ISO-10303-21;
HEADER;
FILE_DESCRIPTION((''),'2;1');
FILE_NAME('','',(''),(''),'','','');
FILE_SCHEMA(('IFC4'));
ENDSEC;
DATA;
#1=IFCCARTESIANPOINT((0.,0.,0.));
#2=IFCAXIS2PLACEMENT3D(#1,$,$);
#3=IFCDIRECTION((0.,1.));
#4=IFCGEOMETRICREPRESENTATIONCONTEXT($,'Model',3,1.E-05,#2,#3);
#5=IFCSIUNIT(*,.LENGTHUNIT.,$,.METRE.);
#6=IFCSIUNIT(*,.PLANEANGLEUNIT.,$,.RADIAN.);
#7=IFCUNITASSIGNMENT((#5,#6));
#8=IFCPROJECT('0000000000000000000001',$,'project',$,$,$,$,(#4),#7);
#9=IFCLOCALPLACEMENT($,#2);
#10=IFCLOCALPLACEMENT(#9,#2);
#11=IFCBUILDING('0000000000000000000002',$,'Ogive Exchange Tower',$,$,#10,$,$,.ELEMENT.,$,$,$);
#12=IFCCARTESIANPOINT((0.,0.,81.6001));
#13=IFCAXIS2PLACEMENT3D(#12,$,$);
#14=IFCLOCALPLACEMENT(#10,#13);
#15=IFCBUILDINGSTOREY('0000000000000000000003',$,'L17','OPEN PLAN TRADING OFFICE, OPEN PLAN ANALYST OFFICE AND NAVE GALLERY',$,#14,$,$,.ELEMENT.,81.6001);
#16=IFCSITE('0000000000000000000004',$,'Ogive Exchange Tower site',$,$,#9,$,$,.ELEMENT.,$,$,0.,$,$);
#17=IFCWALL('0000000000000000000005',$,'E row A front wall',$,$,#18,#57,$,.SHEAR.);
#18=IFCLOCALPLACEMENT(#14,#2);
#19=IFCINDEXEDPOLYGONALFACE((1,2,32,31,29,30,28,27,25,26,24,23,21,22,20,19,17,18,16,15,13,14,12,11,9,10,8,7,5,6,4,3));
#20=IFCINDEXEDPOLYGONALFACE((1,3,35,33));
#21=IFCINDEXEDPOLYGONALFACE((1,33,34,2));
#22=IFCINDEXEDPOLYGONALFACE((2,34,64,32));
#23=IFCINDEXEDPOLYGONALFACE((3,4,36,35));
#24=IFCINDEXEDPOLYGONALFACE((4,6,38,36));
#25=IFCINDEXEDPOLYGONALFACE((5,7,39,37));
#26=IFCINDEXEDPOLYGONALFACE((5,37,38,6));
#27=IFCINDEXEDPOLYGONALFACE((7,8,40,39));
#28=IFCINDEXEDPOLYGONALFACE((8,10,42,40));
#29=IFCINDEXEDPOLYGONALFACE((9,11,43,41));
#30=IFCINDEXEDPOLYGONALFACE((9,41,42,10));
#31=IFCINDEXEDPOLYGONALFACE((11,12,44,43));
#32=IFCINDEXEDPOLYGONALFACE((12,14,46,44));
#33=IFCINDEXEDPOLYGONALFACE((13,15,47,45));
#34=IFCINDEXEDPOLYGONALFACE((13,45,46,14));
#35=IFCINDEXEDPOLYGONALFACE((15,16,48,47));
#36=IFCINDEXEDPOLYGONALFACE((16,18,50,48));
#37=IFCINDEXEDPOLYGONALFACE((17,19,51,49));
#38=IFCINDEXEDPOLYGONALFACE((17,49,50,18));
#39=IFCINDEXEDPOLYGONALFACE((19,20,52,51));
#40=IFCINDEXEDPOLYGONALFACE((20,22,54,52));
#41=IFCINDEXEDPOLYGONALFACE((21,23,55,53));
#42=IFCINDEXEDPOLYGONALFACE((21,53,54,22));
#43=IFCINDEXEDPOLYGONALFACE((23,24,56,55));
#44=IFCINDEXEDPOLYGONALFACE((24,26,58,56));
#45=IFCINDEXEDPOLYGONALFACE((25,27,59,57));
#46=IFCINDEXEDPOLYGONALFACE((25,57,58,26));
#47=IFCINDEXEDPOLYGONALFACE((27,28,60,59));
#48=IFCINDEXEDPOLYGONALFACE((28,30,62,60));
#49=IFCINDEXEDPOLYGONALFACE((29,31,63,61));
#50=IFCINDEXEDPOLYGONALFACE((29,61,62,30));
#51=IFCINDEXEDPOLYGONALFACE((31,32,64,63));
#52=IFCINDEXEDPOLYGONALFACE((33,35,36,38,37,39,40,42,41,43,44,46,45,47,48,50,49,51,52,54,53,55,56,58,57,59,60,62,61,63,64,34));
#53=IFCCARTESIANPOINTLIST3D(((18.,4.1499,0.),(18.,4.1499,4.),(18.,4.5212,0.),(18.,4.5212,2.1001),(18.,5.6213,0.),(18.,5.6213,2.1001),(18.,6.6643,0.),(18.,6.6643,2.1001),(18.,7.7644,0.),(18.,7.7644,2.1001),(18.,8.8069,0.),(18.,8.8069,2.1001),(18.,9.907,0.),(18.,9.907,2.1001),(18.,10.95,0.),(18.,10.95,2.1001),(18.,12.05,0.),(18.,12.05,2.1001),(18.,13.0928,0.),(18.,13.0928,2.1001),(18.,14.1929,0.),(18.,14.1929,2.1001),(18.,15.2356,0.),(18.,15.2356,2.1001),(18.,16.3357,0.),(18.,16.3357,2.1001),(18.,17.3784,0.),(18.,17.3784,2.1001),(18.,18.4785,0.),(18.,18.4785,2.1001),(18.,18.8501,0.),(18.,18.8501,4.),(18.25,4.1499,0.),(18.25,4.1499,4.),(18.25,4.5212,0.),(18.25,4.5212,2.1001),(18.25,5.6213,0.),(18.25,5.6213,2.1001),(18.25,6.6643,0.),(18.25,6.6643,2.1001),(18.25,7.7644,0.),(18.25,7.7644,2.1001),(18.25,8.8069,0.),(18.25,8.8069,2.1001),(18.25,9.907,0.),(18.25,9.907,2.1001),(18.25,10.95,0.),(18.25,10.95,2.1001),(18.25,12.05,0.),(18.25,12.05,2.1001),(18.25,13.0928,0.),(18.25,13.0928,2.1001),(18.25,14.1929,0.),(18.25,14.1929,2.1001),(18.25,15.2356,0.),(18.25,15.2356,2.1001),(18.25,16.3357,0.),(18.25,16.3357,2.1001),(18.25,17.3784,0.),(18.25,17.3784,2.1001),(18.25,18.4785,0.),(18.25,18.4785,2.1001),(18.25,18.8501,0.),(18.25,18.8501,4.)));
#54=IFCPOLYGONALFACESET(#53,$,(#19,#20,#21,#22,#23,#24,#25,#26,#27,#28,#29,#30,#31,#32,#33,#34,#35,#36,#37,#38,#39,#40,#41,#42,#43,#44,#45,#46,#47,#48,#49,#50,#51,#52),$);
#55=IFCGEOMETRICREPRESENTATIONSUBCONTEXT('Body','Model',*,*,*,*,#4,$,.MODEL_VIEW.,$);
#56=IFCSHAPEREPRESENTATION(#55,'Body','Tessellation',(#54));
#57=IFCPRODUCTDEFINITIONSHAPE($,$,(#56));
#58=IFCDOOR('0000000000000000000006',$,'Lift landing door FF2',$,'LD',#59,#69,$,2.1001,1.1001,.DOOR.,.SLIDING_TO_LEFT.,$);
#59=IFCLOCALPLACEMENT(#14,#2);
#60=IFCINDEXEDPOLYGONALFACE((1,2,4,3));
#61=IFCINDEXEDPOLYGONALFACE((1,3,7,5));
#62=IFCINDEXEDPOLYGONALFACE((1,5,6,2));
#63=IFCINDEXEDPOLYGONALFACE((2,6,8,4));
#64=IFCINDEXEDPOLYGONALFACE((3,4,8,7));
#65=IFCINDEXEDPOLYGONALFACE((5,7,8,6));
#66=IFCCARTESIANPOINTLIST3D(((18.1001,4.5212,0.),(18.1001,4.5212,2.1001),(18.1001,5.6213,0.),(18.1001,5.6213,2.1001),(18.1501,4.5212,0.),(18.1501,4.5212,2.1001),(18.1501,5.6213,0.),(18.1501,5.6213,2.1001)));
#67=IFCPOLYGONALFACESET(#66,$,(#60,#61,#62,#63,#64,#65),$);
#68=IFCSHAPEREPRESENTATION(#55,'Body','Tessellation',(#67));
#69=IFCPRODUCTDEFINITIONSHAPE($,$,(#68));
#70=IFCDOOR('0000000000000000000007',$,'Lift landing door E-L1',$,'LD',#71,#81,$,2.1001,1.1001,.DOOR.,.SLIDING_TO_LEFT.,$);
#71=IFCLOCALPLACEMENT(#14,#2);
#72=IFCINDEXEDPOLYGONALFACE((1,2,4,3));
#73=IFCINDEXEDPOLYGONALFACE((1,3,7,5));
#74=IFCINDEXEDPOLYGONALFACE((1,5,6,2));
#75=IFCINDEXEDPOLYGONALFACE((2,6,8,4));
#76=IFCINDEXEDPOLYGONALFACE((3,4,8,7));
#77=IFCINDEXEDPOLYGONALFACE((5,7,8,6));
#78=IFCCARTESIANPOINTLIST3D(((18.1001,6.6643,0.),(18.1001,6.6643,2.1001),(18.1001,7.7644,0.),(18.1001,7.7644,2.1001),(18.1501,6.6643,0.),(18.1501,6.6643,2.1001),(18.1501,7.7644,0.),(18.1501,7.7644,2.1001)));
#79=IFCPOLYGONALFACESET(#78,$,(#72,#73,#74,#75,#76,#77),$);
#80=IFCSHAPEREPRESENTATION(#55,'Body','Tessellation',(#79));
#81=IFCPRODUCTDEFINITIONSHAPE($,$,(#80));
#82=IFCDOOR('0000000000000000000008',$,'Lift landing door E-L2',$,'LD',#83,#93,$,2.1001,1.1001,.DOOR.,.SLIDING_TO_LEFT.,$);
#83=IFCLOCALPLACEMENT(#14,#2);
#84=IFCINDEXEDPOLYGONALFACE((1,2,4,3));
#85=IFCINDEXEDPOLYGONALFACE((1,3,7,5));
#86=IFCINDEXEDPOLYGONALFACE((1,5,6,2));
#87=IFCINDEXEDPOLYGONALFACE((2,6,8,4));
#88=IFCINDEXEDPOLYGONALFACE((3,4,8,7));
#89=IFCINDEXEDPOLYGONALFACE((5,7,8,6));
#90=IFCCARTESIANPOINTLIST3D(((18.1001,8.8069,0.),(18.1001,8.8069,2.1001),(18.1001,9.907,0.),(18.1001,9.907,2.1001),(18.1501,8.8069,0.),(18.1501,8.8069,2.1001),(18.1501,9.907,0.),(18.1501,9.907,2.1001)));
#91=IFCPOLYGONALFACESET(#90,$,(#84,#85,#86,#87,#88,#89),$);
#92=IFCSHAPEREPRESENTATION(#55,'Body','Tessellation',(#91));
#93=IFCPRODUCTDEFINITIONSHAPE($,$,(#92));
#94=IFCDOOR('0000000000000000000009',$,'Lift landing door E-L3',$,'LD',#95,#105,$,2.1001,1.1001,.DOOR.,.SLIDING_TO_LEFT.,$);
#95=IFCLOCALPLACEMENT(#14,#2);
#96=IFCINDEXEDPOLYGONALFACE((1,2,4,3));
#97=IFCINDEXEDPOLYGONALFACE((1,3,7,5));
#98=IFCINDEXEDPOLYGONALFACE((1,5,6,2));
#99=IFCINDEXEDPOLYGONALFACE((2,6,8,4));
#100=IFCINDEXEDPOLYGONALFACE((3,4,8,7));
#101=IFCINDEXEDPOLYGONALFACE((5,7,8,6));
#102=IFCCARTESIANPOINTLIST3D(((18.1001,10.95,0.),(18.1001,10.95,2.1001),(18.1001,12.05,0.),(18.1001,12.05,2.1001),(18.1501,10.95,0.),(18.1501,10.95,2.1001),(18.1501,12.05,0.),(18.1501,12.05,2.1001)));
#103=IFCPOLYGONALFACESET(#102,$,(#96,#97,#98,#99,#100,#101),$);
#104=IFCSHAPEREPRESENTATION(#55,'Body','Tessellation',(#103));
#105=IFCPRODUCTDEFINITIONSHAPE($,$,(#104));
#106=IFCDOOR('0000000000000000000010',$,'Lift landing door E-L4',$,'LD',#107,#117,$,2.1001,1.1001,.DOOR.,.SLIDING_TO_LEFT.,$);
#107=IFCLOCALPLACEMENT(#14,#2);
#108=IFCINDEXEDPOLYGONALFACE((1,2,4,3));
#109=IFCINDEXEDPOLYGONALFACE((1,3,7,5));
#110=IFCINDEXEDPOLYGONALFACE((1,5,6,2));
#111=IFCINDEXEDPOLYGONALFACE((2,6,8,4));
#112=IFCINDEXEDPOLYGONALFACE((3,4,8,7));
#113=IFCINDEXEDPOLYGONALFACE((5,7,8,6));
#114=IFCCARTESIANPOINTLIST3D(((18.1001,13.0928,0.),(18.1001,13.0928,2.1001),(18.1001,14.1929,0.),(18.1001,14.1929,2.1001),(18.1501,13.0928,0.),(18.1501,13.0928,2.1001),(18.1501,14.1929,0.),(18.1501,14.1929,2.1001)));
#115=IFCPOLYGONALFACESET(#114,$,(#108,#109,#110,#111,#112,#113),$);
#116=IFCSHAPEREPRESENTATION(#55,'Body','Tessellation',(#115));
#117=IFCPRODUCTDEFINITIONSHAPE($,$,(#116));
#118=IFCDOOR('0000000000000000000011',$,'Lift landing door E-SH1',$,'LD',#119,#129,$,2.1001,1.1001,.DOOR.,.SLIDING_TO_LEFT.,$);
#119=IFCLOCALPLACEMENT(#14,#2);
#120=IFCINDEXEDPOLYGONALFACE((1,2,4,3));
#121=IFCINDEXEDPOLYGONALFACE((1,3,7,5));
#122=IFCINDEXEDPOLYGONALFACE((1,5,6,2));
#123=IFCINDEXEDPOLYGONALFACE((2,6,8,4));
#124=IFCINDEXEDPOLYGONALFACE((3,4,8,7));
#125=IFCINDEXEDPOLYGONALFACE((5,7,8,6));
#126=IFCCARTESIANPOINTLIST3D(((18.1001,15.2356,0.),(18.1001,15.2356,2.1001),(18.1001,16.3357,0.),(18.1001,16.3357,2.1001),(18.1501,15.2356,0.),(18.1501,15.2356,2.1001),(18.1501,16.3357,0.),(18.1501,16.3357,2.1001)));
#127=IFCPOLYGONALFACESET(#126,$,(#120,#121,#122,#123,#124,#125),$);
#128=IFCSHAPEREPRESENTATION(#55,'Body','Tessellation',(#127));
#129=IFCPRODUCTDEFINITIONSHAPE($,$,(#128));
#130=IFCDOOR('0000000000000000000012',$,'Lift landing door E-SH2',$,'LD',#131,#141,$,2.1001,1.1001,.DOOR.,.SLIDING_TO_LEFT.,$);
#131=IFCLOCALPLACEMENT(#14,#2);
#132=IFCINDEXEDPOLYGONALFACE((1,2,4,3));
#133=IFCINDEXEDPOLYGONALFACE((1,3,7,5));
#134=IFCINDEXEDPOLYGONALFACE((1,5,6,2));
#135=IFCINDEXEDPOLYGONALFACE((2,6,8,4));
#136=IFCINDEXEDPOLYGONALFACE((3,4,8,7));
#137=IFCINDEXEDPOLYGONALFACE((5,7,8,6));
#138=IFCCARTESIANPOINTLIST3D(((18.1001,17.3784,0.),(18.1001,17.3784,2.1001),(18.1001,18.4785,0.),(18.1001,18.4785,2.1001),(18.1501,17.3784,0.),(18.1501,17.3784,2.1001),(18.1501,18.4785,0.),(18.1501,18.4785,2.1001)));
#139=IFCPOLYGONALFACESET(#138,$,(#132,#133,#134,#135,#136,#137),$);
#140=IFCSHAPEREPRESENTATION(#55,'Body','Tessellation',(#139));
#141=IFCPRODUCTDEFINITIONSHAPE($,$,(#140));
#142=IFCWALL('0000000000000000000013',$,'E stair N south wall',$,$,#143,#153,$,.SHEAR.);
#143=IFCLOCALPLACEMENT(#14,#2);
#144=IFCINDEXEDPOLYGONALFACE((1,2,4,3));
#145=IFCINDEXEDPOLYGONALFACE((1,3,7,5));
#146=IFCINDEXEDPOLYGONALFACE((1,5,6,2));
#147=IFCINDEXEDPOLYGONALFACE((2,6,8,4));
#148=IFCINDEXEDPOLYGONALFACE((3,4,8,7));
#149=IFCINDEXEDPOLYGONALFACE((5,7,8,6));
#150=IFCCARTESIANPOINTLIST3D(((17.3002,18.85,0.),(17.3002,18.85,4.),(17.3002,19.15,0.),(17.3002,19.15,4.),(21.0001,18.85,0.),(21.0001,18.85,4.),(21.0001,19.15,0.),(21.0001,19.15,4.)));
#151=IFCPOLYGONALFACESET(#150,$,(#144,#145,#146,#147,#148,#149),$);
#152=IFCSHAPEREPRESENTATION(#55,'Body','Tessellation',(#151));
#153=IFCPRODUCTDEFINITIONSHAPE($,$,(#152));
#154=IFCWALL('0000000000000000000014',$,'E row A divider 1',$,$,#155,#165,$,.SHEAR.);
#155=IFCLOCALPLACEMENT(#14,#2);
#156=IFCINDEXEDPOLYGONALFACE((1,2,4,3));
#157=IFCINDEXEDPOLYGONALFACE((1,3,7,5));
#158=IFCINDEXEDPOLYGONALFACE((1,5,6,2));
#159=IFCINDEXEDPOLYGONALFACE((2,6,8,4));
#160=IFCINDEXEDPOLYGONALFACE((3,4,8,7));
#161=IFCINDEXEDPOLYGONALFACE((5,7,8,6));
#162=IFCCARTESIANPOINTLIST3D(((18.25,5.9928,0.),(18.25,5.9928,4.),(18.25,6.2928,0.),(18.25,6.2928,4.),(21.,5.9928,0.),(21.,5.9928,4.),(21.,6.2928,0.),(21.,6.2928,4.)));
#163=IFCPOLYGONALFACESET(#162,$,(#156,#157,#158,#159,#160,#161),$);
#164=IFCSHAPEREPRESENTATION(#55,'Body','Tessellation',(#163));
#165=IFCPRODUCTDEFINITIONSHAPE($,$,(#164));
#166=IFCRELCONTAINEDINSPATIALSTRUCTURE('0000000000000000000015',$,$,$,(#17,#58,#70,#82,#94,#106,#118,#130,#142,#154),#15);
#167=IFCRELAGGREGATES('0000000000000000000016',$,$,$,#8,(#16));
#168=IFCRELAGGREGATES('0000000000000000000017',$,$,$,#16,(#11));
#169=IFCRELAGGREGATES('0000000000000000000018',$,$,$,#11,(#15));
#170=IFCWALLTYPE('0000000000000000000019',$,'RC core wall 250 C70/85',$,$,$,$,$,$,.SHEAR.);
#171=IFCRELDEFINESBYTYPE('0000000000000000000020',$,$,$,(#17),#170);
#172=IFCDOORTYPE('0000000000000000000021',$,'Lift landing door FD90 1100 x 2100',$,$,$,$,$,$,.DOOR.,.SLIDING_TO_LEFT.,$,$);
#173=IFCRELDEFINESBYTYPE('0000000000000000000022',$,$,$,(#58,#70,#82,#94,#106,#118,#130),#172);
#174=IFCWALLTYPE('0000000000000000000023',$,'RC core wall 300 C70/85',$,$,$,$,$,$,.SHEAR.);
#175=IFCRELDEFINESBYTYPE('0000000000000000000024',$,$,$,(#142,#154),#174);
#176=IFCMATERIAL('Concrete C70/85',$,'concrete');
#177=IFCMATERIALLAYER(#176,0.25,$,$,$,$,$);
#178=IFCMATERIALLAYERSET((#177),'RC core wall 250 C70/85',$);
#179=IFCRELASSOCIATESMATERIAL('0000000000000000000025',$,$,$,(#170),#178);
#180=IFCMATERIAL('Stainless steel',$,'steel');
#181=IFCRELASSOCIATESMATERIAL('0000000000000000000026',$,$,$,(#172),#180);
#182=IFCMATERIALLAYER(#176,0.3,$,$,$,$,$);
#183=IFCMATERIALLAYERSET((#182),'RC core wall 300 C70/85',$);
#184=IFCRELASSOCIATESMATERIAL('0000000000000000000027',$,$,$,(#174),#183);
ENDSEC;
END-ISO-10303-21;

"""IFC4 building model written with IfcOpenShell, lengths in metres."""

from ifc_helpers import new_model, si_unit, direction, frame, frame_2d, origin, place, context, subcontext, project, spatial, rectangle, extrude, material, layer, layer_set, type_object, element, fill, save


model = new_model("IFC4")

# Units and contexts
model_context = context("Model", 3, precision=1e-05, world=origin(), true_north=direction((0.0, 1.0)))
body_context = subcontext(model_context, "Body", "Model", "MODEL_VIEW")
ifc_project = project(units=[si_unit("LENGTHUNIT", "METRE"), si_unit("PLANEANGLEUNIT", "RADIAN")], contexts=[model_context])

# Site, building, storey
site_placement = place(None, origin())
site = spatial("IfcSite", under=ifc_project, at=site_placement, Name="Ogive Exchange Tower site", CompositionType="ELEMENT", RefElevation=0.0)
building_placement = place(site_placement, origin())
building = spatial("IfcBuilding", under=site, at=building_placement, Name="Ogive Exchange Tower", CompositionType="ELEMENT")
storey_placement = place(building_placement, frame((0.0, 0.0, 81.6001)))
storey = spatial("IfcBuildingStorey", under=building, at=storey_placement, Name="L17", Description="OPEN PLAN TRADING OFFICE, OPEN PLAN ANALYST OFFICE AND NAVE GALLERY", CompositionType="ELEMENT", Elevation=81.6001)

# Shared definitions
ifc_material_1 = material(Name="Concrete C70/85", Category="concrete")
ifc_layer_1 = layer(ifc_material_1, 0.25)
ifc_layer_set_1 = layer_set([ifc_layer_1], Name="RC core wall 250 C70/85")
wall_type_1 = type_object("IfcWallType", Name="RC core wall 250 C70/85", PredefinedType="SHEAR", material=ifc_layer_set_1)

# Wall, openings, doors
wall_1_placement = place(storey_placement, frame((18.125, 4.1499, 0.0), z_axis=(0.0, 0.0, 1.0), x_axis=(0.0, 1.0, 0.0)))
wall_1 = element("IfcWall", 1, at=wall_1_placement, inside=storey, type_object=wall_type_1, Name="E row A front wall", PredefinedType="SHEAR", context=body_context, shape_type="SweptSolid", body=[
    extrude(rectangle(XDim=14.7002, YDim=0.25, at=frame_2d((7.3501, 0.0))), origin(), (0.0, 0.0, 1.0), 4.0),
])
opening_1_placement = place(wall_1_placement, frame((0.3713, 0.0, 0.0)))
opening_1 = element("IfcOpeningElement", 2, at=opening_1_placement, cuts=wall_1, PredefinedType="OPENING", context=body_context, shape_type="SweptSolid", body=[
    extrude(rectangle(XDim=1.1001, YDim=2.1001, at=frame_2d((0.55, 1.05))), frame((0.0, 0.135, 0.0), z_axis=(0.0, -1.0, 0.0), x_axis=(1.0, 0.0, 0.0)), (0.0, 0.0, 1.0), 0.27),
])
opening_2_placement = place(wall_1_placement, frame((2.5144, 0.0, 0.0)))
opening_2 = element("IfcOpeningElement", 3, at=opening_2_placement, cuts=wall_1, PredefinedType="OPENING", context=body_context, shape_type="SweptSolid", body=[
    extrude(rectangle(XDim=1.1001, YDim=2.1001, at=frame_2d((0.55, 1.05))), frame((0.0, 0.135, 0.0), z_axis=(0.0, -1.0, 0.0), x_axis=(1.0, 0.0, 0.0)), (0.0, 0.0, 1.0), 0.27),
])
opening_3_placement = place(wall_1_placement, frame((4.657, 0.0, 0.0)))
opening_3 = element("IfcOpeningElement", 4, at=opening_3_placement, cuts=wall_1, PredefinedType="OPENING", context=body_context, shape_type="SweptSolid", body=[
    extrude(rectangle(XDim=1.1001, YDim=2.1001, at=frame_2d((0.55, 1.05))), frame((0.0, 0.135, 0.0), z_axis=(0.0, -1.0, 0.0), x_axis=(1.0, 0.0, 0.0)), (0.0, 0.0, 1.0), 0.27),
])
opening_4_placement = place(wall_1_placement, frame((6.8, 0.0, 0.0)))
opening_4 = element("IfcOpeningElement", 5, at=opening_4_placement, cuts=wall_1, PredefinedType="OPENING", context=body_context, shape_type="SweptSolid", body=[
    extrude(rectangle(XDim=1.1001, YDim=2.1001, at=frame_2d((0.55, 1.05))), frame((0.0, 0.135, 0.0), z_axis=(0.0, -1.0, 0.0), x_axis=(1.0, 0.0, 0.0)), (0.0, 0.0, 1.0), 0.27),
])
opening_5_placement = place(wall_1_placement, frame((8.9429, 0.0, 0.0)))
opening_5 = element("IfcOpeningElement", 6, at=opening_5_placement, cuts=wall_1, PredefinedType="OPENING", context=body_context, shape_type="SweptSolid", body=[
    extrude(rectangle(XDim=1.1001, YDim=2.1001, at=frame_2d((0.55, 1.05))), frame((0.0, 0.135, 0.0), z_axis=(0.0, -1.0, 0.0), x_axis=(1.0, 0.0, 0.0)), (0.0, 0.0, 1.0), 0.27),
])
opening_6_placement = place(wall_1_placement, frame((11.0857, 0.0, 0.0)))
opening_6 = element("IfcOpeningElement", 7, at=opening_6_placement, cuts=wall_1, PredefinedType="OPENING", context=body_context, shape_type="SweptSolid", body=[
    extrude(rectangle(XDim=1.1001, YDim=2.1001, at=frame_2d((0.55, 1.05))), frame((0.0, 0.135, 0.0), z_axis=(0.0, -1.0, 0.0), x_axis=(1.0, 0.0, 0.0)), (0.0, 0.0, 1.0), 0.27),
])
opening_7_placement = place(wall_1_placement, frame((13.2285, 0.0, 0.0)))
opening_7 = element("IfcOpeningElement", 8, at=opening_7_placement, cuts=wall_1, PredefinedType="OPENING", context=body_context, shape_type="SweptSolid", body=[
    extrude(rectangle(XDim=1.1001, YDim=2.1001, at=frame_2d((0.55, 1.05))), frame((0.0, 0.135, 0.0), z_axis=(0.0, -1.0, 0.0), x_axis=(1.0, 0.0, 0.0)), (0.0, 0.0, 1.0), 0.27),
])
ifc_material_2 = material(Name="Stainless steel", Category="steel")
door_type_1 = type_object("IfcDoorType", Name="Lift landing door FD90 1100 x 2100", OperationType="SLIDING_TO_LEFT", PredefinedType="DOOR", material=ifc_material_2)
door_1_placement = place(opening_1_placement, origin())
door_1 = element("IfcDoor", 9, at=door_1_placement, inside=storey, type_object=door_type_1, Name="Lift landing door FF2", ObjectType="LD", OperationType="SLIDING_TO_LEFT", OverallHeight=2.1001, OverallWidth=1.1001, PredefinedType="DOOR", context=body_context, shape_type="SweptSolid", body=[
    extrude(rectangle(XDim=1.1001, YDim=2.1001, at=frame_2d((0.55, 1.05))), frame((0.0, 0.0249, 0.0), z_axis=(0.0, -1.0, 0.0), x_axis=(1.0, 0.0, 0.0)), (0.0, 0.0, 1.0), 0.05),
])
fill(opening_1, door_1)
door_2_placement = place(opening_2_placement, origin())
door_2 = element("IfcDoor", 10, at=door_2_placement, inside=storey, type_object=door_type_1, Name="Lift landing door E-L1", ObjectType="LD", OperationType="SLIDING_TO_LEFT", OverallHeight=2.1001, OverallWidth=1.1001, PredefinedType="DOOR", context=body_context, shape_type="SweptSolid", body=[
    extrude(rectangle(XDim=1.1001, YDim=2.1001, at=frame_2d((0.55, 1.05))), frame((0.0, 0.0249, 0.0), z_axis=(0.0, -1.0, 0.0), x_axis=(1.0, 0.0, 0.0)), (0.0, 0.0, 1.0), 0.05),
])
fill(opening_2, door_2)
door_3_placement = place(opening_3_placement, origin())
door_3 = element("IfcDoor", 11, at=door_3_placement, inside=storey, type_object=door_type_1, Name="Lift landing door E-L2", ObjectType="LD", OperationType="SLIDING_TO_LEFT", OverallHeight=2.1001, OverallWidth=1.1001, PredefinedType="DOOR", context=body_context, shape_type="SweptSolid", body=[
    extrude(rectangle(XDim=1.1001, YDim=2.1001, at=frame_2d((0.55, 1.05))), frame((0.0, 0.0249, 0.0), z_axis=(0.0, -1.0, 0.0), x_axis=(1.0, 0.0, 0.0)), (0.0, 0.0, 1.0), 0.05),
])
fill(opening_3, door_3)
door_4_placement = place(opening_4_placement, origin())
door_4 = element("IfcDoor", 12, at=door_4_placement, inside=storey, type_object=door_type_1, Name="Lift landing door E-L3", ObjectType="LD", OperationType="SLIDING_TO_LEFT", OverallHeight=2.1001, OverallWidth=1.1001, PredefinedType="DOOR", context=body_context, shape_type="SweptSolid", body=[
    extrude(rectangle(XDim=1.1001, YDim=2.1001, at=frame_2d((0.55, 1.05))), frame((0.0, 0.0249, 0.0), z_axis=(0.0, -1.0, 0.0), x_axis=(1.0, 0.0, 0.0)), (0.0, 0.0, 1.0), 0.05),
])
fill(opening_4, door_4)
door_5_placement = place(opening_5_placement, origin())
door_5 = element("IfcDoor", 13, at=door_5_placement, inside=storey, type_object=door_type_1, Name="Lift landing door E-L4", ObjectType="LD", OperationType="SLIDING_TO_LEFT", OverallHeight=2.1001, OverallWidth=1.1001, PredefinedType="DOOR", context=body_context, shape_type="SweptSolid", body=[
    extrude(rectangle(XDim=1.1001, YDim=2.1001, at=frame_2d((0.55, 1.05))), frame((0.0, 0.0249, 0.0), z_axis=(0.0, -1.0, 0.0), x_axis=(1.0, 0.0, 0.0)), (0.0, 0.0, 1.0), 0.05),
])
fill(opening_5, door_5)
door_6_placement = place(opening_6_placement, origin())
door_6 = element("IfcDoor", 14, at=door_6_placement, inside=storey, type_object=door_type_1, Name="Lift landing door E-SH1", ObjectType="LD", OperationType="SLIDING_TO_LEFT", OverallHeight=2.1001, OverallWidth=1.1001, PredefinedType="DOOR", context=body_context, shape_type="SweptSolid", body=[
    extrude(rectangle(XDim=1.1001, YDim=2.1001, at=frame_2d((0.55, 1.05))), frame((0.0, 0.0249, 0.0), z_axis=(0.0, -1.0, 0.0), x_axis=(1.0, 0.0, 0.0)), (0.0, 0.0, 1.0), 0.05),
])
fill(opening_6, door_6)
door_7_placement = place(opening_7_placement, origin())
door_7 = element("IfcDoor", 15, at=door_7_placement, inside=storey, type_object=door_type_1, Name="Lift landing door E-SH2", ObjectType="LD", OperationType="SLIDING_TO_LEFT", OverallHeight=2.1001, OverallWidth=1.1001, PredefinedType="DOOR", context=body_context, shape_type="SweptSolid", body=[
    extrude(rectangle(XDim=1.1001, YDim=2.1001, at=frame_2d((0.55, 1.05))), frame((0.0, 0.0249, 0.0), z_axis=(0.0, -1.0, 0.0), x_axis=(1.0, 0.0, 0.0)), (0.0, 0.0, 1.0), 0.05),
])
fill(opening_7, door_7)

# Walls
ifc_layer_2 = layer(ifc_material_1, 0.3)
ifc_layer_set_2 = layer_set([ifc_layer_2], Name="RC core wall 300 C70/85")
wall_type_2 = type_object("IfcWallType", Name="RC core wall 300 C70/85", PredefinedType="SHEAR", material=ifc_layer_set_2)
wall_2_placement = place(storey_placement, frame((17.3, 19.0, 0.0), z_axis=(0.0, 0.0, 1.0), x_axis=(1.0, 0.0, 0.0)))
element("IfcWall", 16, at=wall_2_placement, inside=storey, type_object=wall_type_2, Name="E stair N south wall", PredefinedType="SHEAR", context=body_context, shape_type="SweptSolid", body=[
    extrude(rectangle(XDim=3.7, YDim=0.3, at=frame_2d((1.8501, 0.0))), origin(), (0.0, 0.0, 1.0), 4.0),
])
for number, where, z_axis, x_axis, name in (
    (17, (18.25, 6.1428, 0.0), (0.0, 0.0, 1.0), (1.0, 0.0, 0.0), "E row A divider 1"),
):
    element("IfcWall", number, at=place(storey_placement, frame(where, z_axis=z_axis, x_axis=x_axis)), inside=storey, type_object=wall_type_2, Name=name, PredefinedType="SHEAR", context=body_context, shape_type="SweptSolid", body=[
        extrude(rectangle(XDim=2.75, YDim=0.3, at=frame_2d((1.375, 0.0))), origin(), (0.0, 0.0, 1.0), 4.0),
    ])

save(model, "model.ifc")
